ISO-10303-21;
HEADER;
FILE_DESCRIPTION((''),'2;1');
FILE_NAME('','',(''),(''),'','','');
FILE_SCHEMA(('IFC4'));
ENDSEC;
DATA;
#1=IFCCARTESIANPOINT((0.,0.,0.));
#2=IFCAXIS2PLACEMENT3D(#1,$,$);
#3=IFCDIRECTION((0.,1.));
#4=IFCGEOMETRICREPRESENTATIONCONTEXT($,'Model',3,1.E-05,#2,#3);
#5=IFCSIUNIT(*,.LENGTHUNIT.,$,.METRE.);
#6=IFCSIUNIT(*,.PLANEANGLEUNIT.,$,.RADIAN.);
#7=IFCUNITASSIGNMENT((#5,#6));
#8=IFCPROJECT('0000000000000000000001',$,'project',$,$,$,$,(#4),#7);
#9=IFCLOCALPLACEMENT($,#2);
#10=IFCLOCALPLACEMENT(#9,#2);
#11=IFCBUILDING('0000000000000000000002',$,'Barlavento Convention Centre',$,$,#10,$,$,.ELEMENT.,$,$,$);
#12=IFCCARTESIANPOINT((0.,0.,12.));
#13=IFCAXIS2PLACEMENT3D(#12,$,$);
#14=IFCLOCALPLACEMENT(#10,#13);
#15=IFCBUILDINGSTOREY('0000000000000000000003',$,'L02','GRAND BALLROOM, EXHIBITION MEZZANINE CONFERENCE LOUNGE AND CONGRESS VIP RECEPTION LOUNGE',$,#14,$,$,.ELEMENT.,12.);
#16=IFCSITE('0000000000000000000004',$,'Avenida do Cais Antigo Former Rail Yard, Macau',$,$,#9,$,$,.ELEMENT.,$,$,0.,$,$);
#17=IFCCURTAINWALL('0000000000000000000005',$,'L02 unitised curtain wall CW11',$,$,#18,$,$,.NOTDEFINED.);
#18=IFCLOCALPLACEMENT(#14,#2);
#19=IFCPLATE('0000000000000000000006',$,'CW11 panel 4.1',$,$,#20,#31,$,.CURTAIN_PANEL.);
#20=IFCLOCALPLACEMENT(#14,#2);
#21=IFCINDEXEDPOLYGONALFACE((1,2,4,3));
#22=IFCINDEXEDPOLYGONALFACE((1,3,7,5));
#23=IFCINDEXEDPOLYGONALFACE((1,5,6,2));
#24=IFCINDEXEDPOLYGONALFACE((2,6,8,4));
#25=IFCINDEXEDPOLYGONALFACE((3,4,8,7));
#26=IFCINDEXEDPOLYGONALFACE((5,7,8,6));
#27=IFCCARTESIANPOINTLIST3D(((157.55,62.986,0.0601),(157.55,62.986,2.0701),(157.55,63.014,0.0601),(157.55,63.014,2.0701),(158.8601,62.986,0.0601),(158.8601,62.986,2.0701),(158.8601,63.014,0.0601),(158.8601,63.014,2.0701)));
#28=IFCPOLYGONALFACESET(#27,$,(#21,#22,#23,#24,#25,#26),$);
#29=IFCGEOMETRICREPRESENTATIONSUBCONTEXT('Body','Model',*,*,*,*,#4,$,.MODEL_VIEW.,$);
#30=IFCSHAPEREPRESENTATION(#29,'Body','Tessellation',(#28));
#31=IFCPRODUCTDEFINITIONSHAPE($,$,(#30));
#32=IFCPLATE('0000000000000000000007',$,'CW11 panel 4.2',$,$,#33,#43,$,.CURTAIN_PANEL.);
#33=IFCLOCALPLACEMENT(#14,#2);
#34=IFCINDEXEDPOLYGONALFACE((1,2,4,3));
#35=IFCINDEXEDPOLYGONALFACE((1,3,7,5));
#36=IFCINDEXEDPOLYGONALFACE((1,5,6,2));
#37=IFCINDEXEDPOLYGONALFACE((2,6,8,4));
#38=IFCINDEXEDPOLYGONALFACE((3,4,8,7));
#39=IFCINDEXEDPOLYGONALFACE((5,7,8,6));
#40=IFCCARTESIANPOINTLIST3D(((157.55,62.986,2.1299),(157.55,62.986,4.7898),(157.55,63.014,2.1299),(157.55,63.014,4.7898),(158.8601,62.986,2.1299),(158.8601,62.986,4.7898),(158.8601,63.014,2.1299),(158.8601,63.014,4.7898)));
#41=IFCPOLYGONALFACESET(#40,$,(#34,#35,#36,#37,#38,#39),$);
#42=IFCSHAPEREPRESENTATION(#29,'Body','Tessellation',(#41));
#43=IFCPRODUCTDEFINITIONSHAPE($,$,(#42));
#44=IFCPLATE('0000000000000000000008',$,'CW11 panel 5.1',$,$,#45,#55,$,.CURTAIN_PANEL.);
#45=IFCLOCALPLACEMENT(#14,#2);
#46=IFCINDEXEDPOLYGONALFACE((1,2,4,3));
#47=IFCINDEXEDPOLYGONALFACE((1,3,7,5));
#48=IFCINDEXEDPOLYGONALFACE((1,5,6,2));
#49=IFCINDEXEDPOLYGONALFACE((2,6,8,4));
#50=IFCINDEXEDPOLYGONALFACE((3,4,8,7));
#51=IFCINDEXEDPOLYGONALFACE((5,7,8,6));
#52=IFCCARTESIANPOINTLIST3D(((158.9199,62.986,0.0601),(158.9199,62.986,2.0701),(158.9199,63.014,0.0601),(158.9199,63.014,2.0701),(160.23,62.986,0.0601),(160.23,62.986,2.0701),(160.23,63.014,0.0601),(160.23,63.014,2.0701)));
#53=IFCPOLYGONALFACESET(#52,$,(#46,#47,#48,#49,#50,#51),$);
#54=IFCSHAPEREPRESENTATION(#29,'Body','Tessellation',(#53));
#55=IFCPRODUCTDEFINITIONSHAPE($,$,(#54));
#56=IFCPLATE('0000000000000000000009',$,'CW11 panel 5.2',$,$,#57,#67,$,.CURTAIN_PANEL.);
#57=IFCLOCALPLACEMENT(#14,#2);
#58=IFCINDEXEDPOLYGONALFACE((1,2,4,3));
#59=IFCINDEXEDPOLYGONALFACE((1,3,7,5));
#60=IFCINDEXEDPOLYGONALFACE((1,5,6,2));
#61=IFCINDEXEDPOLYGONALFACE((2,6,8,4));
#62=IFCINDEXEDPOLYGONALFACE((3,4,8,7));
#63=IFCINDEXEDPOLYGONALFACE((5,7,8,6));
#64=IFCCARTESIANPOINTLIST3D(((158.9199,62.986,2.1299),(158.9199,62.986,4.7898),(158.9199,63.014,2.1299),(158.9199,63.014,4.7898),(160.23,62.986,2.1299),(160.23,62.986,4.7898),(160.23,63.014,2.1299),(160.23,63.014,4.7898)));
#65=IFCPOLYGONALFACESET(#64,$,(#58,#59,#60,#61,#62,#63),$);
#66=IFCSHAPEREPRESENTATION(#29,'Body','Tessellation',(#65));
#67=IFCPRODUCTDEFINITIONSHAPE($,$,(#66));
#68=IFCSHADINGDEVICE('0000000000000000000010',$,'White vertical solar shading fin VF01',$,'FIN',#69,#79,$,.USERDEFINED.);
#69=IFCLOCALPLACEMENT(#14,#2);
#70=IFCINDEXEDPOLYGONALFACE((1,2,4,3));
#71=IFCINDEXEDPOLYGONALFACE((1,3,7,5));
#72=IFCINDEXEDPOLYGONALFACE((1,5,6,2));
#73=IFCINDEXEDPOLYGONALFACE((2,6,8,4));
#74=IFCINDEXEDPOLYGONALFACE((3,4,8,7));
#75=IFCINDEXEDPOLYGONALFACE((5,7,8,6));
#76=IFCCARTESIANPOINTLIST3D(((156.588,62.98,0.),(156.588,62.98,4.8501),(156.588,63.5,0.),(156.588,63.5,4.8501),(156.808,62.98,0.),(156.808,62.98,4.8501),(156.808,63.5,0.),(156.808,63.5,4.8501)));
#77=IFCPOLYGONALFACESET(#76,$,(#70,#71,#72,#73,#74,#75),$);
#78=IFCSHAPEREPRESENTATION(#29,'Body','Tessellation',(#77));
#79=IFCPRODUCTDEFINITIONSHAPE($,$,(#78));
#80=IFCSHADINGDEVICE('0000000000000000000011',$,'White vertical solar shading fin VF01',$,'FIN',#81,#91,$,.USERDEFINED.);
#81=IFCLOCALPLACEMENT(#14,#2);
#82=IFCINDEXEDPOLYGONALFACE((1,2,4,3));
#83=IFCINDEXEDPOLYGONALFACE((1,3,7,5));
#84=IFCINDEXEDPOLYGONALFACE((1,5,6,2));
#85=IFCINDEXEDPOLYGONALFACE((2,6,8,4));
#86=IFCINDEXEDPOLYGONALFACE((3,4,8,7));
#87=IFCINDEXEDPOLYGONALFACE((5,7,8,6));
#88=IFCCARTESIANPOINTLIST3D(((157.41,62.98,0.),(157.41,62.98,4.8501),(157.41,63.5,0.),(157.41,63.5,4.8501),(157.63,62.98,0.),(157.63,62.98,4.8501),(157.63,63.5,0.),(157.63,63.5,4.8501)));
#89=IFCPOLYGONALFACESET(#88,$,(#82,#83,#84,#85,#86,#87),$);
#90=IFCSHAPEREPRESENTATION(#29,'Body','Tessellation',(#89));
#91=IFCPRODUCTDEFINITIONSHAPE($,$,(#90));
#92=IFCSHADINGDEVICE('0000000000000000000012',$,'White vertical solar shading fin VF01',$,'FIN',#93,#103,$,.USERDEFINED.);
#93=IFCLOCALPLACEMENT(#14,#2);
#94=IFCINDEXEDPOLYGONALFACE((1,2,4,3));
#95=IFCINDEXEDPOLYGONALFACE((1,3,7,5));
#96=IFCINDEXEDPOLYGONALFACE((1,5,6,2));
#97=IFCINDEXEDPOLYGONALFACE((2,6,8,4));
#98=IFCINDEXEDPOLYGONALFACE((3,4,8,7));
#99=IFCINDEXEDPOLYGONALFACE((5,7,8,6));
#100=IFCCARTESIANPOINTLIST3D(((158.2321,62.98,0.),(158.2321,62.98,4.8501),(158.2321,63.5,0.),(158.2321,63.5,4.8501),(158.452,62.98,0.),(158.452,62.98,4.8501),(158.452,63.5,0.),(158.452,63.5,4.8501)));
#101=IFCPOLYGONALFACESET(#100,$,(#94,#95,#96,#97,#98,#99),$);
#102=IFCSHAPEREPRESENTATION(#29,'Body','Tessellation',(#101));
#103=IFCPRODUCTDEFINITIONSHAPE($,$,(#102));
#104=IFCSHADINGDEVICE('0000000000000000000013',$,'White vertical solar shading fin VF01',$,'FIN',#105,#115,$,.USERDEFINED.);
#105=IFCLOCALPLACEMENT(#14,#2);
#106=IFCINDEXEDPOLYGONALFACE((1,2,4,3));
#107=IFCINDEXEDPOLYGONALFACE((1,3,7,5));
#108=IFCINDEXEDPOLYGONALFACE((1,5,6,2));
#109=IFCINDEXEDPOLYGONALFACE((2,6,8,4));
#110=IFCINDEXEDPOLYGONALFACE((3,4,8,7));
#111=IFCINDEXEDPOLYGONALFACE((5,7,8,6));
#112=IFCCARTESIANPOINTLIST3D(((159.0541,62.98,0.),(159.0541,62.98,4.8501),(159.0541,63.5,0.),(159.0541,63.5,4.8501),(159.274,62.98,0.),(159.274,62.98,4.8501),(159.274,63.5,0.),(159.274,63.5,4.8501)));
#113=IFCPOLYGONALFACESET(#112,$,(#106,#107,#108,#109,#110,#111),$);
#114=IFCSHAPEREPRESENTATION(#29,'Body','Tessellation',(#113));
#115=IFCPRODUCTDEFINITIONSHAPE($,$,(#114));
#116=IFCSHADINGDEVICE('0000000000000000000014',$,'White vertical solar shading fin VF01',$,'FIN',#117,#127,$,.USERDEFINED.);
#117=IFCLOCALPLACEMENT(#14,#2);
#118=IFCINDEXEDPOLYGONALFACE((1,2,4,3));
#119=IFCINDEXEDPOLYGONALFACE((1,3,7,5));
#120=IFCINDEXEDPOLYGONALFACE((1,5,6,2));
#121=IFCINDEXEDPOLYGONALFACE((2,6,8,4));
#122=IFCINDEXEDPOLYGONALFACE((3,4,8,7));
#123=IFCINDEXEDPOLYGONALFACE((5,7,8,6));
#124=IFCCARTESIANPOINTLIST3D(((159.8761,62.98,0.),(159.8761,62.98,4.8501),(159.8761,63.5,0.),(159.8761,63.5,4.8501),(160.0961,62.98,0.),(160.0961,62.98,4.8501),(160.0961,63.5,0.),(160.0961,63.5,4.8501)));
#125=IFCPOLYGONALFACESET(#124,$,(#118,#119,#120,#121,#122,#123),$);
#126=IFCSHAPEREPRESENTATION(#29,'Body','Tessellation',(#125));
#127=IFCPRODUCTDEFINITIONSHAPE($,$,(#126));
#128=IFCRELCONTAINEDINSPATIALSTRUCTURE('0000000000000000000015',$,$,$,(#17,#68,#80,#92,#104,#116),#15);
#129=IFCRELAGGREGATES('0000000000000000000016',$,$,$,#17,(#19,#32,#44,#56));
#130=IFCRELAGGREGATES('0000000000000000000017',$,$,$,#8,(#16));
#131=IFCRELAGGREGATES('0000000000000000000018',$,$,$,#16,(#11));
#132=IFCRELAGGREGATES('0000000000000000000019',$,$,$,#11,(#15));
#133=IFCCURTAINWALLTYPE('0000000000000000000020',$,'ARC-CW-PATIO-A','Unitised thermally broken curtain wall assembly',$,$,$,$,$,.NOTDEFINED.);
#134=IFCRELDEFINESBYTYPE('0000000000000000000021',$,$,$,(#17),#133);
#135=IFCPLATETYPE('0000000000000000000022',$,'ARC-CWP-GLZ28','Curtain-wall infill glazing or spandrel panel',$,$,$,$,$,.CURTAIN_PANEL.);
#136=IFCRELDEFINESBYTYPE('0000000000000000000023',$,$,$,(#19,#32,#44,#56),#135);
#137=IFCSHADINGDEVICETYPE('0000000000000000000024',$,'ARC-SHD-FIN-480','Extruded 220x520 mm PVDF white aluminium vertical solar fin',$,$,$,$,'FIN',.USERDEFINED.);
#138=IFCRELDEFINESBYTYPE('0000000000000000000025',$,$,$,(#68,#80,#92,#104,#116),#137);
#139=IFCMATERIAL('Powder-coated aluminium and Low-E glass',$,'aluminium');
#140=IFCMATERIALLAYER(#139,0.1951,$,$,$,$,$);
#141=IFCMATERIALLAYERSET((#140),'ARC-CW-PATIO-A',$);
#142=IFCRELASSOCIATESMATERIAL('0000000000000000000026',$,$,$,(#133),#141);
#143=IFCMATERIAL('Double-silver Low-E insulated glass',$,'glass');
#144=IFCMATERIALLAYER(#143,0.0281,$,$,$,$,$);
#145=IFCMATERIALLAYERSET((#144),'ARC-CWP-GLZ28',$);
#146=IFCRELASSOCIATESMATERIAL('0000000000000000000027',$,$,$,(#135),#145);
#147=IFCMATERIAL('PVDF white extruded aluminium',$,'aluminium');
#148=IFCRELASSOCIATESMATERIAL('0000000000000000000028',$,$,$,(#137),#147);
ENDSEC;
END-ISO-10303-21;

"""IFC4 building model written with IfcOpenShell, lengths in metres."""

from ifc_helpers import new_model, si_unit, direction, frame, origin, origin_2d, place, context, subcontext, project, spatial, rectangle, extrude, material, layer, layer_set, type_object, element, aggregate, save


model = new_model("IFC4")

# Units and contexts
model_context = context("Model", 3, precision=1e-05, world=origin(), true_north=direction((0.0, 1.0)))
body_context = subcontext(model_context, "Body", "Model", "MODEL_VIEW")
ifc_project = project(units=[si_unit("LENGTHUNIT", "METRE"), si_unit("PLANEANGLEUNIT", "RADIAN")], contexts=[model_context])

# Site, building, storey
site_placement = place(None, origin())
site = spatial("IfcSite", under=ifc_project, at=site_placement, Name="Avenida do Cais Antigo Former Rail Yard, Macau", CompositionType="ELEMENT", RefElevation=0.0)
building_placement = place(site_placement, origin())
building = spatial("IfcBuilding", under=site, at=building_placement, Name="Barlavento Convention Centre", CompositionType="ELEMENT")
storey_placement = place(building_placement, frame((0.0, 0.0, 12.0)))
storey = spatial("IfcBuildingStorey", under=building, at=storey_placement, Name="L02", Description="GRAND BALLROOM, EXHIBITION MEZZANINE CONFERENCE LOUNGE AND CONGRESS VIP RECEPTION LOUNGE", CompositionType="ELEMENT", Elevation=12.0)

# Curtain wall, plates
ifc_material_1 = material(Name="Powder-coated aluminium and Low-E glass", Category="aluminium")
ifc_layer_1 = layer(ifc_material_1, 0.1951)
ifc_layer_set_1 = layer_set([ifc_layer_1], Name="ARC-CW-PATIO-A")
curtain_wall_type = type_object("IfcCurtainWallType", Name="ARC-CW-PATIO-A", Description="Unitised thermally broken curtain wall assembly", PredefinedType="NOTDEFINED", material=ifc_layer_set_1)
curtain_wall_placement = place(storey_placement, origin())
curtain_wall = element("IfcCurtainWall", 1, at=curtain_wall_placement, inside=storey, type_object=curtain_wall_type, Name="L02 unitised curtain wall CW11", PredefinedType="NOTDEFINED")
ifc_material_2 = material(Name="Double-silver Low-E insulated glass", Category="glass")
ifc_layer_2 = layer(ifc_material_2, 0.0281)
ifc_layer_set_2 = layer_set([ifc_layer_2], Name="ARC-CWP-GLZ28")
plate_type = type_object("IfcPlateType", Name="ARC-CWP-GLZ28", Description="Curtain-wall infill glazing or spandrel panel", PredefinedType="CURTAIN_PANEL", material=ifc_layer_set_2)
plate_1_placement = place(storey_placement, frame((158.2051, 63.0, 0.0601), z_axis=(0.0, 0.0, 1.0), x_axis=(1.0, 0.0, 0.0)))
plate_1 = element("IfcPlate", 2, at=plate_1_placement, type_object=plate_type, Name="CW11 panel 4.1", PredefinedType="CURTAIN_PANEL", context=body_context, shape_type="SweptSolid", body=[
    extrude(rectangle(XDim=1.3101, YDim=0.0281, at=origin_2d()), origin(), (0.0, 0.0, 1.0), 2.01),
])
plate_2_placement = place(storey_placement, frame((158.2051, 63.0, 2.1299), z_axis=(0.0, 0.0, 1.0), x_axis=(1.0, 0.0, 0.0)))
plate_2 = element("IfcPlate", 3, at=plate_2_placement, type_object=plate_type, Name="CW11 panel 4.2", PredefinedType="CURTAIN_PANEL", context=body_context, shape_type="SweptSolid", body=[
    extrude(rectangle(XDim=1.3101, YDim=0.0281, at=origin_2d()), origin(), (0.0, 0.0, 1.0), 2.6599),
])
plate_3_placement = place(storey_placement, frame((159.575, 63.0, 0.0601), z_axis=(0.0, 0.0, 1.0), x_axis=(1.0, 0.0, 0.0)))
plate_3 = element("IfcPlate", 4, at=plate_3_placement, type_object=plate_type, Name="CW11 panel 5.1", PredefinedType="CURTAIN_PANEL", context=body_context, shape_type="SweptSolid", body=[
    extrude(rectangle(XDim=1.3101, YDim=0.0281, at=origin_2d()), origin(), (0.0, 0.0, 1.0), 2.01),
])
plate_4_placement = place(storey_placement, frame((159.575, 63.0, 2.1299), z_axis=(0.0, 0.0, 1.0), x_axis=(1.0, 0.0, 0.0)))
plate_4 = element("IfcPlate", 5, at=plate_4_placement, type_object=plate_type, Name="CW11 panel 5.2", PredefinedType="CURTAIN_PANEL", context=body_context, shape_type="SweptSolid", body=[
    extrude(rectangle(XDim=1.3101, YDim=0.0281, at=origin_2d()), origin(), (0.0, 0.0, 1.0), 2.6599),
])
aggregate(curtain_wall, [plate_1, plate_2, plate_3, plate_4])

# Shading devices
ifc_material_3 = material(Name="PVDF white extruded aluminium", Category="aluminium")
shading_device_type = type_object("IfcShadingDeviceType", Name="ARC-SHD-FIN-480", Description="Extruded 220x520 mm PVDF white aluminium vertical solar fin", ElementType="FIN", PredefinedType="USERDEFINED", material=ifc_material_3)
for number, where, z_axis, x_axis, name in (
    (6, (156.698, 63.24, 0.0), (0.0, 0.0, 1.0), (1.0, 0.0, 0.0), "White vertical solar shading fin VF01"),
    (7, (157.52, 63.24, 0.0), (0.0, 0.0, 1.0), (1.0, 0.0, 0.0), "White vertical solar shading fin VF01"),
    (8, (158.342, 63.24, 0.0), (0.0, 0.0, 1.0), (1.0, 0.0, 0.0), "White vertical solar shading fin VF01"),
    (9, (159.1641, 63.24, 0.0), (0.0, 0.0, 1.0), (1.0, 0.0, 0.0), "White vertical solar shading fin VF01"),
    (10, (159.9861, 63.24, 0.0), (0.0, 0.0, 1.0), (1.0, 0.0, 0.0), "White vertical solar shading fin VF01"),
):
    element("IfcShadingDevice", number, at=place(storey_placement, frame(where, z_axis=z_axis, x_axis=x_axis)), inside=storey, type_object=shading_device_type, Name=name, ObjectType="FIN", PredefinedType="USERDEFINED", context=body_context, shape_type="SweptSolid", body=[
        extrude(rectangle(XDim=0.22, YDim=0.52, at=origin_2d()), origin(), (0.0, 0.0, 1.0), 4.8501),
    ])

save(model, "model.ifc")
